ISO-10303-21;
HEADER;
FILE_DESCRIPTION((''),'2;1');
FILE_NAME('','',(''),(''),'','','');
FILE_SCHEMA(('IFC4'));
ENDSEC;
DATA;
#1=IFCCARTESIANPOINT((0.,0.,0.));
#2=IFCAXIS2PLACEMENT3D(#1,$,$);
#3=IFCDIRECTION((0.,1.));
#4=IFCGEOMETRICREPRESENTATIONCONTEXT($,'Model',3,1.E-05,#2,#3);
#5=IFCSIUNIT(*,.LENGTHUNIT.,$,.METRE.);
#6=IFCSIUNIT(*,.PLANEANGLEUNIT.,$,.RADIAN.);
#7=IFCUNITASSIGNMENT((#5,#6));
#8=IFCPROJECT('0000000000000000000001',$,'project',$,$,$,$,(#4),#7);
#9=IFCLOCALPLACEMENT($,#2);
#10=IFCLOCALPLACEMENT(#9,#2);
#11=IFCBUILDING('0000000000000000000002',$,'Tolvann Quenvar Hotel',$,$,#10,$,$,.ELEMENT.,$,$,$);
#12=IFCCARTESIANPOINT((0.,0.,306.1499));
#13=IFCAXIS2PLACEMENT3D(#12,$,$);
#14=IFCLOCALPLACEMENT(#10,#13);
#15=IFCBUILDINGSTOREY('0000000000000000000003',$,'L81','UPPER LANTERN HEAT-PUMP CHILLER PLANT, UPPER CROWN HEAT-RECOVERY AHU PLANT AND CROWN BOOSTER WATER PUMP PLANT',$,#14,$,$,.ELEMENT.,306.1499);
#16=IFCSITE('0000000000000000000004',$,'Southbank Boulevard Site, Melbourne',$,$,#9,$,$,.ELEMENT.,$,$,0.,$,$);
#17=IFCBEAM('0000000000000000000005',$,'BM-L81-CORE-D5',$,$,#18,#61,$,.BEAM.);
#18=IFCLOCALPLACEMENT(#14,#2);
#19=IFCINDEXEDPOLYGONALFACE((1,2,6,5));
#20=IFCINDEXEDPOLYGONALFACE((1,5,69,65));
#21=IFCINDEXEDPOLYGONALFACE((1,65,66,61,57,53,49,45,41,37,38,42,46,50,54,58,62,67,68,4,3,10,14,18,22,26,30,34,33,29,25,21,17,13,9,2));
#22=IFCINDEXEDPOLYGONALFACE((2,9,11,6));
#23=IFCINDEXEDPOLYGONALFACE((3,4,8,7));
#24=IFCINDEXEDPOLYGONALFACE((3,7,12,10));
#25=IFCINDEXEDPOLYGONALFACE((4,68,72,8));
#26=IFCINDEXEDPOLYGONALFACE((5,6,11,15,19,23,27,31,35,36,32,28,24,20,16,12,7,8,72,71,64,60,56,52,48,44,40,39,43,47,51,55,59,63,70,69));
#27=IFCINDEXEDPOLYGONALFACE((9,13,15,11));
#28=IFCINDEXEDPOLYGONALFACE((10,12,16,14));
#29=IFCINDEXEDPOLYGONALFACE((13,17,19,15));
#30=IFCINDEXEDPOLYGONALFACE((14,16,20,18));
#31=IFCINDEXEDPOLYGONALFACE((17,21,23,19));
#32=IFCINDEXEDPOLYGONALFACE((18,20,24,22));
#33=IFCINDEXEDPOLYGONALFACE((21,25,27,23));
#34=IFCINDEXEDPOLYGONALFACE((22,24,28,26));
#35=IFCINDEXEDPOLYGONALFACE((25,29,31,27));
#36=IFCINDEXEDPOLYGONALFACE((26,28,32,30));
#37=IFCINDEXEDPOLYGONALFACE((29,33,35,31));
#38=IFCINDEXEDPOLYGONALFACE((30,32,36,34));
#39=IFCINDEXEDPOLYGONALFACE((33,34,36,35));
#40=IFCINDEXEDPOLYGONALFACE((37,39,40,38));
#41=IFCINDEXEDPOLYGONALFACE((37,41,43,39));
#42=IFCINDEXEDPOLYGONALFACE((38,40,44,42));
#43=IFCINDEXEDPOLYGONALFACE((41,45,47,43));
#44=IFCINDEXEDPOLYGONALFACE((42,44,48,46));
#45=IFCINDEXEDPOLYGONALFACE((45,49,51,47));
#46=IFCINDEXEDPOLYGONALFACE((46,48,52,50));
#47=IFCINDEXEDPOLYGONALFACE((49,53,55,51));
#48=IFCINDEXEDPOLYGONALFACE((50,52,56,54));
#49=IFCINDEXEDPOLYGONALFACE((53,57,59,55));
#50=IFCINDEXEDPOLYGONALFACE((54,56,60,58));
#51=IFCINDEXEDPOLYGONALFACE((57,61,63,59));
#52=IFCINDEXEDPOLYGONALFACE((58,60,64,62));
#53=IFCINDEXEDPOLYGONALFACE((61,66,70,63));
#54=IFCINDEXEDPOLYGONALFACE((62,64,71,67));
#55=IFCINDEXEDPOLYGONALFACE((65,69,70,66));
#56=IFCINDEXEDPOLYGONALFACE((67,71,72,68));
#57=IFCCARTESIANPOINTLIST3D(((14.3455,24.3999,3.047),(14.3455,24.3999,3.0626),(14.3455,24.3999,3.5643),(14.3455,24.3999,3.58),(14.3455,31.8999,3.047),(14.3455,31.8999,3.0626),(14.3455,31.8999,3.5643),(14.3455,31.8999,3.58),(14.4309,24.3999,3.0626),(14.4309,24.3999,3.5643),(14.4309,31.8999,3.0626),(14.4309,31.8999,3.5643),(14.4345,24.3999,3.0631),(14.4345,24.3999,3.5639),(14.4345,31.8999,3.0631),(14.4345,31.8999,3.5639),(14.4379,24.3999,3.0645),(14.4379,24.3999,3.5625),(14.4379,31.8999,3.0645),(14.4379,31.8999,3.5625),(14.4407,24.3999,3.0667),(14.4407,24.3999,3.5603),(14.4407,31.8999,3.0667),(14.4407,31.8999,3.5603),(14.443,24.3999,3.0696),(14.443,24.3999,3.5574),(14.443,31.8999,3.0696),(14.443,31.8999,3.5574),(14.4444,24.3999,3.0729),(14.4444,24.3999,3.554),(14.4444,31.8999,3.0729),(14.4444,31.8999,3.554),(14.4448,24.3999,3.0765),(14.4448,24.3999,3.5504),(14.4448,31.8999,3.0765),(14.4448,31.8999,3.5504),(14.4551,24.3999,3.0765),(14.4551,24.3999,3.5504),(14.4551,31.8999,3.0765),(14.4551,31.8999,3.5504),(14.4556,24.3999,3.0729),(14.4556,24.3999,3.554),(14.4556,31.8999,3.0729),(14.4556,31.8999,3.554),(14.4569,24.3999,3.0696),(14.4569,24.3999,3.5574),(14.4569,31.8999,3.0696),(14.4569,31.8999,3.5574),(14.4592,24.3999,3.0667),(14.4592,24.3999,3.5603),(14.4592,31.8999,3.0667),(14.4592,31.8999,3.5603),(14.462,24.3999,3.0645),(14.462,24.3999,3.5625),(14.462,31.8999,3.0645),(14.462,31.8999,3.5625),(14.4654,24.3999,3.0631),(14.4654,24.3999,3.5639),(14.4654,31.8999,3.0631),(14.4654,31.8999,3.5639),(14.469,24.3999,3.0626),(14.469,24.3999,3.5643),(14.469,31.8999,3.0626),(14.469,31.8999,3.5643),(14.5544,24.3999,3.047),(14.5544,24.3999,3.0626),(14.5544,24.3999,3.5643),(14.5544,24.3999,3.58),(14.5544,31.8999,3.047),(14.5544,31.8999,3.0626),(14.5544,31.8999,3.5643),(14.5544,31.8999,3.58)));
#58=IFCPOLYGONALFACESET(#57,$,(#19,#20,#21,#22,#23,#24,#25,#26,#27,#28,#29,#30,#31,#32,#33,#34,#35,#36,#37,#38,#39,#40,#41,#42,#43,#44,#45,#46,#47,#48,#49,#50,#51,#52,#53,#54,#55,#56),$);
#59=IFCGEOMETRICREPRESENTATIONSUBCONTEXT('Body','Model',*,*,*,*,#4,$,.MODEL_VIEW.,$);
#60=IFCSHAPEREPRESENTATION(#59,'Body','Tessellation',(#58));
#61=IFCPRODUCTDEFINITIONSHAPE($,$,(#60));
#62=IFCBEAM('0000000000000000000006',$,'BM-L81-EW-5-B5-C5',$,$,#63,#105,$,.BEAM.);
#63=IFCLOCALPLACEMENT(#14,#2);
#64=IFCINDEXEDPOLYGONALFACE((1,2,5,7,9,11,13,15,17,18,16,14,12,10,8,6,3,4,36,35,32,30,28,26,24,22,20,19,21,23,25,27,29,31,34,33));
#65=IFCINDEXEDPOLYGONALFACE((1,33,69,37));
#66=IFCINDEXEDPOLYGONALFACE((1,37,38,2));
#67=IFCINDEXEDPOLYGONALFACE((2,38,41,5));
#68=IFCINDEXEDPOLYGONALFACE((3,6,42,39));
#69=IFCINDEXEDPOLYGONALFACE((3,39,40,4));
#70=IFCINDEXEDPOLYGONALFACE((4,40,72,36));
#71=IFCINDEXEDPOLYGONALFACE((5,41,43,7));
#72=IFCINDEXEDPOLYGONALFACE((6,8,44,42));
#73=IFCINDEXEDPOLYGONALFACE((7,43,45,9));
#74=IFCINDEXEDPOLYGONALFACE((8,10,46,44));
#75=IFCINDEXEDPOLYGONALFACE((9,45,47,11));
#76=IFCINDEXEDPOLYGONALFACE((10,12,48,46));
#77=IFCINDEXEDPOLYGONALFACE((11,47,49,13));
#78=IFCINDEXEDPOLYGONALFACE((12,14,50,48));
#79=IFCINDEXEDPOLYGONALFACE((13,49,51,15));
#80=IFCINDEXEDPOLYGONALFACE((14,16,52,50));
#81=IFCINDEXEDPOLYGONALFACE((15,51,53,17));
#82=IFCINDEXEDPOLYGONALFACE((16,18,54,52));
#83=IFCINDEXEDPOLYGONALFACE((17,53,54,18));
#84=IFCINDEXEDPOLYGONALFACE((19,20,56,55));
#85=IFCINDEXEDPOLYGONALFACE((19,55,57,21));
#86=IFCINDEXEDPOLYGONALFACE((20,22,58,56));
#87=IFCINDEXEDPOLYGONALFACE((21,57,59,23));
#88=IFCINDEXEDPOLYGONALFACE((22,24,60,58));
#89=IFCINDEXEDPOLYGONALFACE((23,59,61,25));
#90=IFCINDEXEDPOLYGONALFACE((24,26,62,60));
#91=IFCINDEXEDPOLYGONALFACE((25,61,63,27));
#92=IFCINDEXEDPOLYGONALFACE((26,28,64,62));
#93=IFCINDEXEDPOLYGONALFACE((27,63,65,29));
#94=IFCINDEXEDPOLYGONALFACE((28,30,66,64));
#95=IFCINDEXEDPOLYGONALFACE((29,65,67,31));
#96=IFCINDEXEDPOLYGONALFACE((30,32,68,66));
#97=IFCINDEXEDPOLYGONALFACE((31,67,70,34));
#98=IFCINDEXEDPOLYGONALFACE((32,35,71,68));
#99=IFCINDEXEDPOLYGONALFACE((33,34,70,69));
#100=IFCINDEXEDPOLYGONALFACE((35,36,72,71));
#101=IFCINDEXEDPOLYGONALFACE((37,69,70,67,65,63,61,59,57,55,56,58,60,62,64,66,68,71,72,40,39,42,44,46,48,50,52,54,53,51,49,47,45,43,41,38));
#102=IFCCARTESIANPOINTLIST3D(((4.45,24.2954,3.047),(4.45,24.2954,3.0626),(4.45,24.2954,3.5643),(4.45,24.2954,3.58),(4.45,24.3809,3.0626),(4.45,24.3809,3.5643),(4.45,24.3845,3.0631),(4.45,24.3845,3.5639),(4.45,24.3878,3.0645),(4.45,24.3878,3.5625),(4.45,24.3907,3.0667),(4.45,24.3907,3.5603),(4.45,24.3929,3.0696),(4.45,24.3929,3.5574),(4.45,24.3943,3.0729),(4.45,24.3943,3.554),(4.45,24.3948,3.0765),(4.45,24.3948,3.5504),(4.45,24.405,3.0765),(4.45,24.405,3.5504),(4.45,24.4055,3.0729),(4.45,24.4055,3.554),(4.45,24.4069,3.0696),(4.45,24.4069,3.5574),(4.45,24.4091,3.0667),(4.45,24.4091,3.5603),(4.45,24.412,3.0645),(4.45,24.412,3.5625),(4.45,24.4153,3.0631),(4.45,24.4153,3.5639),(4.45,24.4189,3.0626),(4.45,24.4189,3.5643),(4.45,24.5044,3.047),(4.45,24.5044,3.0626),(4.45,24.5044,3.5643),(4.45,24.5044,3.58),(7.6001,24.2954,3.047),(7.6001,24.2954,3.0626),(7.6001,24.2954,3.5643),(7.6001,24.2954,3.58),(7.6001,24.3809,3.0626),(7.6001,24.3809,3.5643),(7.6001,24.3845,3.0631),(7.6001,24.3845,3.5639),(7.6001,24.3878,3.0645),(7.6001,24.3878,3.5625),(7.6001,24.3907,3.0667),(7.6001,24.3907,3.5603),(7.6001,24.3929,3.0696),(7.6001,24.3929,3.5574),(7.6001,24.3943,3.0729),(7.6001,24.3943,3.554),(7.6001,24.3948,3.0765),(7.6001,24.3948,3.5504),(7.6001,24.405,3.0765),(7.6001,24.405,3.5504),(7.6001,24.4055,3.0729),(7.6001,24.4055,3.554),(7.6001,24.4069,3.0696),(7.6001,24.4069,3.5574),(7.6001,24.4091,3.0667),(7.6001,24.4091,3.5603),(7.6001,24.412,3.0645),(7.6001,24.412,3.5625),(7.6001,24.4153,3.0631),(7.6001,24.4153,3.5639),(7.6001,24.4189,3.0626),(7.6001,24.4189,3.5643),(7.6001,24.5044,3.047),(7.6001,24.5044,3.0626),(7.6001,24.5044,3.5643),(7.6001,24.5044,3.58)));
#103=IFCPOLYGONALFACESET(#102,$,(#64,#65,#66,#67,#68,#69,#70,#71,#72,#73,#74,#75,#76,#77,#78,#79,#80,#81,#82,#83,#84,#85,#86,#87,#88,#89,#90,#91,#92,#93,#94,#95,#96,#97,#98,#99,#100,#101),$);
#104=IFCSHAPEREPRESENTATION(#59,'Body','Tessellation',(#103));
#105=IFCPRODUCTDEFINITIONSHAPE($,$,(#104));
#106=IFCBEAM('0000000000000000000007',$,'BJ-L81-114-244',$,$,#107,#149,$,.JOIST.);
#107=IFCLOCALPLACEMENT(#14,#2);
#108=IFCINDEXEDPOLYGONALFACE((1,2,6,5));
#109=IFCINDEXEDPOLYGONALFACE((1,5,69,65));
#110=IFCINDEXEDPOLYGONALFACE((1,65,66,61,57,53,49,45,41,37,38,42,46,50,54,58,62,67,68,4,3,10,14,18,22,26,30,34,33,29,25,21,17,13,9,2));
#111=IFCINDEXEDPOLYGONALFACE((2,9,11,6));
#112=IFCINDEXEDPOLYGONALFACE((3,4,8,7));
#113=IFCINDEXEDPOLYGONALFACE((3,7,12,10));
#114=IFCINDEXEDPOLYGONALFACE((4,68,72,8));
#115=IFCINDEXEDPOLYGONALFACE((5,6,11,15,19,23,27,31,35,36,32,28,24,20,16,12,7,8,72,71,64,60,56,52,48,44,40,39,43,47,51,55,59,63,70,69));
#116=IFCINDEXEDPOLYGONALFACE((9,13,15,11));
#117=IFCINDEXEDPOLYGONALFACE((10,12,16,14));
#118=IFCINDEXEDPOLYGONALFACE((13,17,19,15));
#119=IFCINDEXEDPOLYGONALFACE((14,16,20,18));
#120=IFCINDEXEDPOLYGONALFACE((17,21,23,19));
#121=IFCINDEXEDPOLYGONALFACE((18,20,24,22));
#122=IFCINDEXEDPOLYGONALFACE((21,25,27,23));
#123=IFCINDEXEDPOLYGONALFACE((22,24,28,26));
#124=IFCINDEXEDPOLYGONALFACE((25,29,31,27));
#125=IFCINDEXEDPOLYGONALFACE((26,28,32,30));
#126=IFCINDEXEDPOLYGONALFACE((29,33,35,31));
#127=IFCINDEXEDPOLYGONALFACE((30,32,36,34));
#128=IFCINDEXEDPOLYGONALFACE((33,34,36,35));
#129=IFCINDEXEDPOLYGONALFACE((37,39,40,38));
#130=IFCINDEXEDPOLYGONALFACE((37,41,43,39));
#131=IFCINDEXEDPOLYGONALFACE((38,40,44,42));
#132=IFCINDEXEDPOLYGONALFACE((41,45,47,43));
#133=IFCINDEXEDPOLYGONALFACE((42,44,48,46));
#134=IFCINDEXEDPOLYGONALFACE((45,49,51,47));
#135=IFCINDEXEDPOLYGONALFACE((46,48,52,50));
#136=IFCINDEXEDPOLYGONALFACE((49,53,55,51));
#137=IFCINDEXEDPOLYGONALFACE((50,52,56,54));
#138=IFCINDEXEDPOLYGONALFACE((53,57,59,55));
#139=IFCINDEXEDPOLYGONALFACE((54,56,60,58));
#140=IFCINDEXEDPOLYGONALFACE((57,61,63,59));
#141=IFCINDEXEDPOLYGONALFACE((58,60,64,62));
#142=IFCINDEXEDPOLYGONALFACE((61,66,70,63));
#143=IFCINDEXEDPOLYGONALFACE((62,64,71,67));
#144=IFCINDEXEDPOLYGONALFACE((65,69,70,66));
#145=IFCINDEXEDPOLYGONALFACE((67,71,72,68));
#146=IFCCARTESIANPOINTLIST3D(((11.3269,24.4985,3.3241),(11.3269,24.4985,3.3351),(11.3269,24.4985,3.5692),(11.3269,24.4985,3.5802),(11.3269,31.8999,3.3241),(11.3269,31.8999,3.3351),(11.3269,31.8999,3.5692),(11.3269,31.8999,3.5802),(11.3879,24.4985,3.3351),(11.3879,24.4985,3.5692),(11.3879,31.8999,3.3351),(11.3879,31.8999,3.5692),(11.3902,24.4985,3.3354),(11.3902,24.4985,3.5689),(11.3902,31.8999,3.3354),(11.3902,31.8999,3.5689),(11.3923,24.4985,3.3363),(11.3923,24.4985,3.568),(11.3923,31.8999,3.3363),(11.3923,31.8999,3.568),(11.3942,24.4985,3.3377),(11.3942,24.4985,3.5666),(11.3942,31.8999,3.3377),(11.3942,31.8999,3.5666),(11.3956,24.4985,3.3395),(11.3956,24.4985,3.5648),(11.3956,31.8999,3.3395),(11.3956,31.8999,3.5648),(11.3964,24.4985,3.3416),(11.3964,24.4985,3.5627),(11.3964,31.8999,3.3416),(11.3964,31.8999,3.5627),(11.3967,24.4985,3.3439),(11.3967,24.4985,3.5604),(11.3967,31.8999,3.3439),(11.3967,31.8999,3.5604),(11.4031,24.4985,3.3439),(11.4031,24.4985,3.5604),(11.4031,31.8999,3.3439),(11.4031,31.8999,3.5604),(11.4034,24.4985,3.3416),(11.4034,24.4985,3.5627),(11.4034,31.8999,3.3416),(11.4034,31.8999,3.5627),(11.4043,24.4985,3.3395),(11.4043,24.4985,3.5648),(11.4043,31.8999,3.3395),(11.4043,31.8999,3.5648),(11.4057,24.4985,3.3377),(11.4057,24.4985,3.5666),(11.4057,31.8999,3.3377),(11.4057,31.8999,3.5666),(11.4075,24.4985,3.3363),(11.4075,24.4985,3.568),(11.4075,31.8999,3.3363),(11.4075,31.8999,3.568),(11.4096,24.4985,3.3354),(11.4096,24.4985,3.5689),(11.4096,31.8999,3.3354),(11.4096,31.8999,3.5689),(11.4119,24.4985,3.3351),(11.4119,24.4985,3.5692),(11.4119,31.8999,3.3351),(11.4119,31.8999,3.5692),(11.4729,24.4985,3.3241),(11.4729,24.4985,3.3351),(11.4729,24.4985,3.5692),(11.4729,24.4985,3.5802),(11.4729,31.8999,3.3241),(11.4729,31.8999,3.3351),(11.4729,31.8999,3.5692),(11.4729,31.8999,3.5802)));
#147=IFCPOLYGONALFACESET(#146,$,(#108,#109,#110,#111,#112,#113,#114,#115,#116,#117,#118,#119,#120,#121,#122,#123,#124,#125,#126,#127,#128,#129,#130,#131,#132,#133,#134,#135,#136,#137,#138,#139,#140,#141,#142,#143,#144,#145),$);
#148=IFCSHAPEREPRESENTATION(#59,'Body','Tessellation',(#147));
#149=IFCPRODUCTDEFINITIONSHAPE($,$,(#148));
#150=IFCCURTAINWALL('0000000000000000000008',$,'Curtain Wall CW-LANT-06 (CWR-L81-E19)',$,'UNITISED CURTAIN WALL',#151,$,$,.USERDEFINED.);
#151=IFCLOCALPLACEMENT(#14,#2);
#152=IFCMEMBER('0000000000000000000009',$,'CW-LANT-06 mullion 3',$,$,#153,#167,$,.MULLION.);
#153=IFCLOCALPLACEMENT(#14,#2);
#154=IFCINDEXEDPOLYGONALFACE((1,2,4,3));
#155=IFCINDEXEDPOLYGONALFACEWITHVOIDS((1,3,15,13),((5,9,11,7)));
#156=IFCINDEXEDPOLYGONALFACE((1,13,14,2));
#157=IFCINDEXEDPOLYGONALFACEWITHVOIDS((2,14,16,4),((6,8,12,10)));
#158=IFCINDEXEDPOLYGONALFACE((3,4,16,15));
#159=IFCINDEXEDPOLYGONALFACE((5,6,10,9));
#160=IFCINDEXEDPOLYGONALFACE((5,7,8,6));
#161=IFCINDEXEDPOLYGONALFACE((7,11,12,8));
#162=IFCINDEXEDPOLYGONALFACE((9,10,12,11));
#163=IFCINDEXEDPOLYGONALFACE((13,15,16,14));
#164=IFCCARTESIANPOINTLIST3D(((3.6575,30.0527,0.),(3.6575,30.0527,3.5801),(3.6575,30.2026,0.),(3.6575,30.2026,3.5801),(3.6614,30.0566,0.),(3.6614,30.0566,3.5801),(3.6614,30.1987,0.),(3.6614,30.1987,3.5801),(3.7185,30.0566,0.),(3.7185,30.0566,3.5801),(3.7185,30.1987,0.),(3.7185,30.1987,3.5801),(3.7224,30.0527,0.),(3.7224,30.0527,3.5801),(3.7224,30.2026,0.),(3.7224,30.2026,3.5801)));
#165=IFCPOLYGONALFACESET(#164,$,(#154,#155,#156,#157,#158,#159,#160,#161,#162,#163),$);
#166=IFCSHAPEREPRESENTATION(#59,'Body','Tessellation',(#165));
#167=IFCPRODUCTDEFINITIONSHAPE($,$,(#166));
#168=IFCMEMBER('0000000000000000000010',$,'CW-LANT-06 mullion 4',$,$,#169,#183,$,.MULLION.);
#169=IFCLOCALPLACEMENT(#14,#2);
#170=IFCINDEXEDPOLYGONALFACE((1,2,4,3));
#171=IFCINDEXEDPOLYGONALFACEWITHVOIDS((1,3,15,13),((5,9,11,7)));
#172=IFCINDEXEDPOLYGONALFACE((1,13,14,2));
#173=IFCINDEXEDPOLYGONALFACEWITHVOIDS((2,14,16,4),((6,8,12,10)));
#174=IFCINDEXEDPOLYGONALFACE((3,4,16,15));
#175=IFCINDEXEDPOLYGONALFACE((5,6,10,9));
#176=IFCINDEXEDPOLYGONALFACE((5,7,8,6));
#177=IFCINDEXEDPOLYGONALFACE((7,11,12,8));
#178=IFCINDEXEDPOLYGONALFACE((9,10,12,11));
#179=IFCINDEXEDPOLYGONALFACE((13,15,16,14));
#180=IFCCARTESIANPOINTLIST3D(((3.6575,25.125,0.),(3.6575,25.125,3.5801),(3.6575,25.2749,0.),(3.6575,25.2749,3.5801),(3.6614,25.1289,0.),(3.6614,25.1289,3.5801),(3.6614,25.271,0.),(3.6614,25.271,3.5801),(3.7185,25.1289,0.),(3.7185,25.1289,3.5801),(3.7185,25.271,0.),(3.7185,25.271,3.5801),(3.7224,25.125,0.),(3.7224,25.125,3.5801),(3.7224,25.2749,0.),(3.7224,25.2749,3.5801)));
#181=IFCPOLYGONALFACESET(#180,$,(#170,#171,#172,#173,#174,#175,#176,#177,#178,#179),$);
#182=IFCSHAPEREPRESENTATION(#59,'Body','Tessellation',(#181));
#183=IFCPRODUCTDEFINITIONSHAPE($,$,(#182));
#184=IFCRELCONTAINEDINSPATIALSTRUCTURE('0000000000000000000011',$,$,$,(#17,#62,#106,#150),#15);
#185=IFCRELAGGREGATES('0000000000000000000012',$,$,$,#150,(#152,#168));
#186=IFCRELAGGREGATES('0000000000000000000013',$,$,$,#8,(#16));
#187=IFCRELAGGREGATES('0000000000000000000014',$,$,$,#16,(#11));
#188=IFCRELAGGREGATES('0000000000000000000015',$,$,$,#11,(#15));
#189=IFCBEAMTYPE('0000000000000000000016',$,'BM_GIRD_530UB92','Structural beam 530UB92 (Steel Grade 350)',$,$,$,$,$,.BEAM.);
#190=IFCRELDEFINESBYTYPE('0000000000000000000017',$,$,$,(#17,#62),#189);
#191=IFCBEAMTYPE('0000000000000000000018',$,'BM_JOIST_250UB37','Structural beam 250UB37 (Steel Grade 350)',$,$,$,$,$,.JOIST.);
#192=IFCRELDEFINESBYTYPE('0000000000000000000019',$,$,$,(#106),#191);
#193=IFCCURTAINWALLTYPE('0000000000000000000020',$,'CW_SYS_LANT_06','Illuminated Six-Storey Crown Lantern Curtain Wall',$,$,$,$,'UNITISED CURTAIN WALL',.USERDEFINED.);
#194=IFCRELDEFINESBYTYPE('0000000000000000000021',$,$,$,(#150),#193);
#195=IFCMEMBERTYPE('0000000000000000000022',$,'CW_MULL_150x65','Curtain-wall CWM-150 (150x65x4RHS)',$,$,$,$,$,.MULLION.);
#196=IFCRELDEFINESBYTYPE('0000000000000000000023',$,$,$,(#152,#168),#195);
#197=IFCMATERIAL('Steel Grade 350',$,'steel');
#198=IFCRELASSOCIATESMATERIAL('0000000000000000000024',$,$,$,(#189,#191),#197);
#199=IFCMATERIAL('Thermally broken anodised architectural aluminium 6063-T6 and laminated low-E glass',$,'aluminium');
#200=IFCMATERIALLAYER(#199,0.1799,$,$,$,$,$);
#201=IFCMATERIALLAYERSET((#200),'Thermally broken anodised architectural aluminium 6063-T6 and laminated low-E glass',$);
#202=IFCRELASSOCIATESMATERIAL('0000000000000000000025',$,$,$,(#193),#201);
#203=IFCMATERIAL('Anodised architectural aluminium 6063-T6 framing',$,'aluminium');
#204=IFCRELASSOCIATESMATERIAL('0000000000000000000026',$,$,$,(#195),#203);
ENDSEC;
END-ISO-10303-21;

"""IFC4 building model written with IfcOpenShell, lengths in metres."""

from ifc_helpers import new_model, si_unit, direction, frame, origin, origin_2d, place, context, subcontext, project, spatial, hollow_rectangle, i_section, extrude, source, transform, mapped, material, layer, layer_set, material_profile, profile_set, type_object, type_shapes, element, aggregate, save


model = new_model("IFC4")

# Units and contexts
model_context = context("Model", 3, precision=1e-05, world=origin(), true_north=direction((0.0, 1.0)))
body_context = subcontext(model_context, "Body", "Model", "MODEL_VIEW")
ifc_project = project(units=[si_unit("LENGTHUNIT", "METRE"), si_unit("PLANEANGLEUNIT", "RADIAN")], contexts=[model_context])

# Site, building, storey
site_placement = place(None, origin())
site = spatial("IfcSite", under=ifc_project, at=site_placement, Name="Southbank Boulevard Site, Melbourne", CompositionType="ELEMENT", RefElevation=0.0)
building_placement = place(site_placement, origin())
building = spatial("IfcBuilding", under=site, at=building_placement, Name="Tolvann Quenvar Hotel", CompositionType="ELEMENT")
storey_placement = place(building_placement, frame((0.0, 0.0, 306.1499)))
storey = spatial("IfcBuildingStorey", under=building, at=storey_placement, Name="L81", Description="UPPER LANTERN HEAT-PUMP CHILLER PLANT, UPPER CROWN HEAT-RECOVERY AHU PLANT AND CROWN BOOSTER WATER PUMP PLANT", CompositionType="ELEMENT", Elevation=306.1499)

# Beams
ifc_material_1 = material(Name="Steel Grade 350", Category="steel")
ifc_material_profile_1 = material_profile(ifc_material_1, i_section(OverallWidth=0.209, OverallDepth=0.533, WebThickness=0.0103, FlangeThickness=0.0156, FilletRadius=0.0139, at=origin_2d()), Name="530UB92")
ifc_profile_set_1 = profile_set([ifc_material_profile_1], Name="Steel Grade 350")
beam_type_1 = type_object("IfcBeamType", Name="BM_GIRD_530UB92", Description="Structural beam 530UB92 (Steel Grade 350)", PredefinedType="BEAM", material=ifc_profile_set_1)
shared_shape_1 = source(origin(), body_context, "Body", "SweptSolid", [
    extrude(i_section(OverallWidth=0.209, OverallDepth=0.533, WebThickness=0.0103, FlangeThickness=0.0156, FilletRadius=0.0139, at=origin_2d()), origin(), (0.0, 0.0, 1.0), 7.5),
])
beam_1_placement = place(storey_placement, frame((14.45, 24.3999, 3.3135), z_axis=(0.0, 1.0, 0.0), x_axis=(-1.0, 0.0, 0.0)))
element("IfcBeam", 1, at=beam_1_placement, inside=storey, type_object=beam_type_1, Name="BM-L81-CORE-D5", PredefinedType="BEAM", context=body_context, shape_type="MappedRepresentation", body=[
    mapped(shared_shape_1, transform((0.0, 0.0, 0.0), x_axis=(1.0, 0.0, 0.0), y_axis=(0.0, 1.0, 0.0), z_axis=(0.0, 0.0, 1.0), scale=1.0)),
])
shared_shape_2 = source(origin(), body_context, "Body", "SweptSolid", [
    extrude(i_section(OverallWidth=0.209, OverallDepth=0.533, WebThickness=0.0103, FlangeThickness=0.0156, FilletRadius=0.0139, at=origin_2d()), origin(), (0.0, 0.0, 1.0), 3.1501),
])
beam_2_placement = place(storey_placement, frame((4.45, 24.3999, 3.3135), z_axis=(1.0, 0.0, 0.0), x_axis=(0.0, 1.0, 0.0)))
element("IfcBeam", 2, at=beam_2_placement, inside=storey, type_object=beam_type_1, Name="BM-L81-EW-5-B5-C5", PredefinedType="BEAM", context=body_context, shape_type="MappedRepresentation", body=[
    mapped(shared_shape_2, transform((0.0, 0.0, 0.0), x_axis=(1.0, 0.0, 0.0), y_axis=(0.0, 1.0, 0.0), z_axis=(0.0, 0.0, 1.0), scale=1.0)),
])
ifc_material_profile_2 = material_profile(ifc_material_1, i_section(OverallWidth=0.146, OverallDepth=0.2561, WebThickness=0.0063, FlangeThickness=0.011, FilletRadius=0.0088, at=origin_2d()), Name="250UB37")
ifc_profile_set_2 = profile_set([ifc_material_profile_2], Name="Steel Grade 350")
beam_type_2 = type_object("IfcBeamType", Name="BM_JOIST_250UB37", Description="Structural beam 250UB37 (Steel Grade 350)", PredefinedType="JOIST", material=ifc_profile_set_2)
shared_shape_3 = source(origin(), body_context, "Body", "SweptSolid", [
    extrude(i_section(OverallWidth=0.146, OverallDepth=0.2561, WebThickness=0.0063, FlangeThickness=0.011, FilletRadius=0.0088, at=origin_2d()), origin(), (0.0, 0.0, 1.0), 7.4014),
])
type_shapes(beam_type_2, [shared_shape_3])
beam_3_placement = place(storey_placement, frame((11.3999, 24.4985, 3.4521), z_axis=(0.0, 1.0, 0.0), x_axis=(-1.0, 0.0, 0.0)))
element("IfcBeam", 3, at=beam_3_placement, inside=storey, type_object=beam_type_2, Name="BJ-L81-114-244", PredefinedType="JOIST", context=body_context, shape_type="MappedRepresentation", body=[
    mapped(shared_shape_3, transform((0.0, 0.0, 0.0), x_axis=(1.0, 0.0, 0.0), y_axis=(0.0, 1.0, 0.0), z_axis=(0.0, 0.0, 1.0), scale=1.0)),
])

# Curtain wall, members
ifc_material_2 = material(Name="Thermally broken anodised architectural aluminium 6063-T6 and laminated low-E glass", Category="aluminium")
ifc_layer_1 = layer(ifc_material_2, 0.1799)
ifc_layer_set_1 = layer_set([ifc_layer_1], Name="Thermally broken anodised architectural aluminium 6063-T6 and laminated low-E glass")
curtain_wall_type = type_object("IfcCurtainWallType", Name="CW_SYS_LANT_06", Description="Illuminated Six-Storey Crown Lantern Curtain Wall", ElementType="UNITISED CURTAIN WALL", PredefinedType="USERDEFINED", material=ifc_layer_set_1)
curtain_wall_placement = place(storey_placement, origin())
curtain_wall = element("IfcCurtainWall", 4, at=curtain_wall_placement, inside=storey, type_object=curtain_wall_type, Name="Curtain Wall CW-LANT-06 (CWR-L81-E19)", ObjectType="UNITISED CURTAIN WALL", PredefinedType="USERDEFINED")
ifc_material_3 = material(Name="Anodised architectural aluminium 6063-T6 framing", Category="aluminium")
ifc_material_profile_3 = material_profile(ifc_material_3, hollow_rectangle(XDim=0.0649, YDim=0.1499, WallThickness=0.0039, at=origin_2d()), Name="150x65x4RHS")
ifc_profile_set_3 = profile_set([ifc_material_profile_3], Name="Anodised architectural aluminium 6063-T6 framing")
member_type_1 = type_object("IfcMemberType", Name="CW_MULL_150x65", Description="Curtain-wall CWM-150 (150x65x4RHS)", PredefinedType="MULLION", material=ifc_profile_set_3)
shared_shape_4 = source(origin(), body_context, "Body", "SweptSolid", [
    extrude(hollow_rectangle(XDim=0.0649, YDim=0.1499, WallThickness=0.0039, at=origin_2d()), origin(), (0.0, 0.0, 1.0), 3.5801),
])
type_shapes(member_type_1, [shared_shape_4])
member_1_placement = place(storey_placement, frame((3.6899, 30.1277, 0.0), z_axis=(0.0, 0.0, 1.0), x_axis=(1.0, 0.0, 0.0)))
member_1 = element("IfcMember", 5, at=member_1_placement, type_object=member_type_1, Name="CW-LANT-06 mullion 3", PredefinedType="MULLION", context=body_context, shape_type="MappedRepresentation", body=[
    mapped(shared_shape_4, transform((0.0, 0.0, 0.0), x_axis=(1.0, 0.0, 0.0), y_axis=(0.0, 1.0, 0.0), z_axis=(0.0, 0.0, 1.0), scale=1.0)),
])
member_2_placement = place(storey_placement, frame((3.6899, 25.2, 0.0), z_axis=(0.0, 0.0, 1.0), x_axis=(1.0, 0.0, 0.0)))
member_2 = element("IfcMember", 6, at=member_2_placement, type_object=member_type_1, Name="CW-LANT-06 mullion 4", PredefinedType="MULLION", context=body_context, shape_type="MappedRepresentation", body=[
    mapped(shared_shape_4, transform((0.0, 0.0, 0.0), x_axis=(1.0, 0.0, 0.0), y_axis=(0.0, 1.0, 0.0), z_axis=(0.0, 0.0, 1.0), scale=1.0)),
])
aggregate(curtain_wall, [member_1, member_2])

save(model, "model.ifc")
